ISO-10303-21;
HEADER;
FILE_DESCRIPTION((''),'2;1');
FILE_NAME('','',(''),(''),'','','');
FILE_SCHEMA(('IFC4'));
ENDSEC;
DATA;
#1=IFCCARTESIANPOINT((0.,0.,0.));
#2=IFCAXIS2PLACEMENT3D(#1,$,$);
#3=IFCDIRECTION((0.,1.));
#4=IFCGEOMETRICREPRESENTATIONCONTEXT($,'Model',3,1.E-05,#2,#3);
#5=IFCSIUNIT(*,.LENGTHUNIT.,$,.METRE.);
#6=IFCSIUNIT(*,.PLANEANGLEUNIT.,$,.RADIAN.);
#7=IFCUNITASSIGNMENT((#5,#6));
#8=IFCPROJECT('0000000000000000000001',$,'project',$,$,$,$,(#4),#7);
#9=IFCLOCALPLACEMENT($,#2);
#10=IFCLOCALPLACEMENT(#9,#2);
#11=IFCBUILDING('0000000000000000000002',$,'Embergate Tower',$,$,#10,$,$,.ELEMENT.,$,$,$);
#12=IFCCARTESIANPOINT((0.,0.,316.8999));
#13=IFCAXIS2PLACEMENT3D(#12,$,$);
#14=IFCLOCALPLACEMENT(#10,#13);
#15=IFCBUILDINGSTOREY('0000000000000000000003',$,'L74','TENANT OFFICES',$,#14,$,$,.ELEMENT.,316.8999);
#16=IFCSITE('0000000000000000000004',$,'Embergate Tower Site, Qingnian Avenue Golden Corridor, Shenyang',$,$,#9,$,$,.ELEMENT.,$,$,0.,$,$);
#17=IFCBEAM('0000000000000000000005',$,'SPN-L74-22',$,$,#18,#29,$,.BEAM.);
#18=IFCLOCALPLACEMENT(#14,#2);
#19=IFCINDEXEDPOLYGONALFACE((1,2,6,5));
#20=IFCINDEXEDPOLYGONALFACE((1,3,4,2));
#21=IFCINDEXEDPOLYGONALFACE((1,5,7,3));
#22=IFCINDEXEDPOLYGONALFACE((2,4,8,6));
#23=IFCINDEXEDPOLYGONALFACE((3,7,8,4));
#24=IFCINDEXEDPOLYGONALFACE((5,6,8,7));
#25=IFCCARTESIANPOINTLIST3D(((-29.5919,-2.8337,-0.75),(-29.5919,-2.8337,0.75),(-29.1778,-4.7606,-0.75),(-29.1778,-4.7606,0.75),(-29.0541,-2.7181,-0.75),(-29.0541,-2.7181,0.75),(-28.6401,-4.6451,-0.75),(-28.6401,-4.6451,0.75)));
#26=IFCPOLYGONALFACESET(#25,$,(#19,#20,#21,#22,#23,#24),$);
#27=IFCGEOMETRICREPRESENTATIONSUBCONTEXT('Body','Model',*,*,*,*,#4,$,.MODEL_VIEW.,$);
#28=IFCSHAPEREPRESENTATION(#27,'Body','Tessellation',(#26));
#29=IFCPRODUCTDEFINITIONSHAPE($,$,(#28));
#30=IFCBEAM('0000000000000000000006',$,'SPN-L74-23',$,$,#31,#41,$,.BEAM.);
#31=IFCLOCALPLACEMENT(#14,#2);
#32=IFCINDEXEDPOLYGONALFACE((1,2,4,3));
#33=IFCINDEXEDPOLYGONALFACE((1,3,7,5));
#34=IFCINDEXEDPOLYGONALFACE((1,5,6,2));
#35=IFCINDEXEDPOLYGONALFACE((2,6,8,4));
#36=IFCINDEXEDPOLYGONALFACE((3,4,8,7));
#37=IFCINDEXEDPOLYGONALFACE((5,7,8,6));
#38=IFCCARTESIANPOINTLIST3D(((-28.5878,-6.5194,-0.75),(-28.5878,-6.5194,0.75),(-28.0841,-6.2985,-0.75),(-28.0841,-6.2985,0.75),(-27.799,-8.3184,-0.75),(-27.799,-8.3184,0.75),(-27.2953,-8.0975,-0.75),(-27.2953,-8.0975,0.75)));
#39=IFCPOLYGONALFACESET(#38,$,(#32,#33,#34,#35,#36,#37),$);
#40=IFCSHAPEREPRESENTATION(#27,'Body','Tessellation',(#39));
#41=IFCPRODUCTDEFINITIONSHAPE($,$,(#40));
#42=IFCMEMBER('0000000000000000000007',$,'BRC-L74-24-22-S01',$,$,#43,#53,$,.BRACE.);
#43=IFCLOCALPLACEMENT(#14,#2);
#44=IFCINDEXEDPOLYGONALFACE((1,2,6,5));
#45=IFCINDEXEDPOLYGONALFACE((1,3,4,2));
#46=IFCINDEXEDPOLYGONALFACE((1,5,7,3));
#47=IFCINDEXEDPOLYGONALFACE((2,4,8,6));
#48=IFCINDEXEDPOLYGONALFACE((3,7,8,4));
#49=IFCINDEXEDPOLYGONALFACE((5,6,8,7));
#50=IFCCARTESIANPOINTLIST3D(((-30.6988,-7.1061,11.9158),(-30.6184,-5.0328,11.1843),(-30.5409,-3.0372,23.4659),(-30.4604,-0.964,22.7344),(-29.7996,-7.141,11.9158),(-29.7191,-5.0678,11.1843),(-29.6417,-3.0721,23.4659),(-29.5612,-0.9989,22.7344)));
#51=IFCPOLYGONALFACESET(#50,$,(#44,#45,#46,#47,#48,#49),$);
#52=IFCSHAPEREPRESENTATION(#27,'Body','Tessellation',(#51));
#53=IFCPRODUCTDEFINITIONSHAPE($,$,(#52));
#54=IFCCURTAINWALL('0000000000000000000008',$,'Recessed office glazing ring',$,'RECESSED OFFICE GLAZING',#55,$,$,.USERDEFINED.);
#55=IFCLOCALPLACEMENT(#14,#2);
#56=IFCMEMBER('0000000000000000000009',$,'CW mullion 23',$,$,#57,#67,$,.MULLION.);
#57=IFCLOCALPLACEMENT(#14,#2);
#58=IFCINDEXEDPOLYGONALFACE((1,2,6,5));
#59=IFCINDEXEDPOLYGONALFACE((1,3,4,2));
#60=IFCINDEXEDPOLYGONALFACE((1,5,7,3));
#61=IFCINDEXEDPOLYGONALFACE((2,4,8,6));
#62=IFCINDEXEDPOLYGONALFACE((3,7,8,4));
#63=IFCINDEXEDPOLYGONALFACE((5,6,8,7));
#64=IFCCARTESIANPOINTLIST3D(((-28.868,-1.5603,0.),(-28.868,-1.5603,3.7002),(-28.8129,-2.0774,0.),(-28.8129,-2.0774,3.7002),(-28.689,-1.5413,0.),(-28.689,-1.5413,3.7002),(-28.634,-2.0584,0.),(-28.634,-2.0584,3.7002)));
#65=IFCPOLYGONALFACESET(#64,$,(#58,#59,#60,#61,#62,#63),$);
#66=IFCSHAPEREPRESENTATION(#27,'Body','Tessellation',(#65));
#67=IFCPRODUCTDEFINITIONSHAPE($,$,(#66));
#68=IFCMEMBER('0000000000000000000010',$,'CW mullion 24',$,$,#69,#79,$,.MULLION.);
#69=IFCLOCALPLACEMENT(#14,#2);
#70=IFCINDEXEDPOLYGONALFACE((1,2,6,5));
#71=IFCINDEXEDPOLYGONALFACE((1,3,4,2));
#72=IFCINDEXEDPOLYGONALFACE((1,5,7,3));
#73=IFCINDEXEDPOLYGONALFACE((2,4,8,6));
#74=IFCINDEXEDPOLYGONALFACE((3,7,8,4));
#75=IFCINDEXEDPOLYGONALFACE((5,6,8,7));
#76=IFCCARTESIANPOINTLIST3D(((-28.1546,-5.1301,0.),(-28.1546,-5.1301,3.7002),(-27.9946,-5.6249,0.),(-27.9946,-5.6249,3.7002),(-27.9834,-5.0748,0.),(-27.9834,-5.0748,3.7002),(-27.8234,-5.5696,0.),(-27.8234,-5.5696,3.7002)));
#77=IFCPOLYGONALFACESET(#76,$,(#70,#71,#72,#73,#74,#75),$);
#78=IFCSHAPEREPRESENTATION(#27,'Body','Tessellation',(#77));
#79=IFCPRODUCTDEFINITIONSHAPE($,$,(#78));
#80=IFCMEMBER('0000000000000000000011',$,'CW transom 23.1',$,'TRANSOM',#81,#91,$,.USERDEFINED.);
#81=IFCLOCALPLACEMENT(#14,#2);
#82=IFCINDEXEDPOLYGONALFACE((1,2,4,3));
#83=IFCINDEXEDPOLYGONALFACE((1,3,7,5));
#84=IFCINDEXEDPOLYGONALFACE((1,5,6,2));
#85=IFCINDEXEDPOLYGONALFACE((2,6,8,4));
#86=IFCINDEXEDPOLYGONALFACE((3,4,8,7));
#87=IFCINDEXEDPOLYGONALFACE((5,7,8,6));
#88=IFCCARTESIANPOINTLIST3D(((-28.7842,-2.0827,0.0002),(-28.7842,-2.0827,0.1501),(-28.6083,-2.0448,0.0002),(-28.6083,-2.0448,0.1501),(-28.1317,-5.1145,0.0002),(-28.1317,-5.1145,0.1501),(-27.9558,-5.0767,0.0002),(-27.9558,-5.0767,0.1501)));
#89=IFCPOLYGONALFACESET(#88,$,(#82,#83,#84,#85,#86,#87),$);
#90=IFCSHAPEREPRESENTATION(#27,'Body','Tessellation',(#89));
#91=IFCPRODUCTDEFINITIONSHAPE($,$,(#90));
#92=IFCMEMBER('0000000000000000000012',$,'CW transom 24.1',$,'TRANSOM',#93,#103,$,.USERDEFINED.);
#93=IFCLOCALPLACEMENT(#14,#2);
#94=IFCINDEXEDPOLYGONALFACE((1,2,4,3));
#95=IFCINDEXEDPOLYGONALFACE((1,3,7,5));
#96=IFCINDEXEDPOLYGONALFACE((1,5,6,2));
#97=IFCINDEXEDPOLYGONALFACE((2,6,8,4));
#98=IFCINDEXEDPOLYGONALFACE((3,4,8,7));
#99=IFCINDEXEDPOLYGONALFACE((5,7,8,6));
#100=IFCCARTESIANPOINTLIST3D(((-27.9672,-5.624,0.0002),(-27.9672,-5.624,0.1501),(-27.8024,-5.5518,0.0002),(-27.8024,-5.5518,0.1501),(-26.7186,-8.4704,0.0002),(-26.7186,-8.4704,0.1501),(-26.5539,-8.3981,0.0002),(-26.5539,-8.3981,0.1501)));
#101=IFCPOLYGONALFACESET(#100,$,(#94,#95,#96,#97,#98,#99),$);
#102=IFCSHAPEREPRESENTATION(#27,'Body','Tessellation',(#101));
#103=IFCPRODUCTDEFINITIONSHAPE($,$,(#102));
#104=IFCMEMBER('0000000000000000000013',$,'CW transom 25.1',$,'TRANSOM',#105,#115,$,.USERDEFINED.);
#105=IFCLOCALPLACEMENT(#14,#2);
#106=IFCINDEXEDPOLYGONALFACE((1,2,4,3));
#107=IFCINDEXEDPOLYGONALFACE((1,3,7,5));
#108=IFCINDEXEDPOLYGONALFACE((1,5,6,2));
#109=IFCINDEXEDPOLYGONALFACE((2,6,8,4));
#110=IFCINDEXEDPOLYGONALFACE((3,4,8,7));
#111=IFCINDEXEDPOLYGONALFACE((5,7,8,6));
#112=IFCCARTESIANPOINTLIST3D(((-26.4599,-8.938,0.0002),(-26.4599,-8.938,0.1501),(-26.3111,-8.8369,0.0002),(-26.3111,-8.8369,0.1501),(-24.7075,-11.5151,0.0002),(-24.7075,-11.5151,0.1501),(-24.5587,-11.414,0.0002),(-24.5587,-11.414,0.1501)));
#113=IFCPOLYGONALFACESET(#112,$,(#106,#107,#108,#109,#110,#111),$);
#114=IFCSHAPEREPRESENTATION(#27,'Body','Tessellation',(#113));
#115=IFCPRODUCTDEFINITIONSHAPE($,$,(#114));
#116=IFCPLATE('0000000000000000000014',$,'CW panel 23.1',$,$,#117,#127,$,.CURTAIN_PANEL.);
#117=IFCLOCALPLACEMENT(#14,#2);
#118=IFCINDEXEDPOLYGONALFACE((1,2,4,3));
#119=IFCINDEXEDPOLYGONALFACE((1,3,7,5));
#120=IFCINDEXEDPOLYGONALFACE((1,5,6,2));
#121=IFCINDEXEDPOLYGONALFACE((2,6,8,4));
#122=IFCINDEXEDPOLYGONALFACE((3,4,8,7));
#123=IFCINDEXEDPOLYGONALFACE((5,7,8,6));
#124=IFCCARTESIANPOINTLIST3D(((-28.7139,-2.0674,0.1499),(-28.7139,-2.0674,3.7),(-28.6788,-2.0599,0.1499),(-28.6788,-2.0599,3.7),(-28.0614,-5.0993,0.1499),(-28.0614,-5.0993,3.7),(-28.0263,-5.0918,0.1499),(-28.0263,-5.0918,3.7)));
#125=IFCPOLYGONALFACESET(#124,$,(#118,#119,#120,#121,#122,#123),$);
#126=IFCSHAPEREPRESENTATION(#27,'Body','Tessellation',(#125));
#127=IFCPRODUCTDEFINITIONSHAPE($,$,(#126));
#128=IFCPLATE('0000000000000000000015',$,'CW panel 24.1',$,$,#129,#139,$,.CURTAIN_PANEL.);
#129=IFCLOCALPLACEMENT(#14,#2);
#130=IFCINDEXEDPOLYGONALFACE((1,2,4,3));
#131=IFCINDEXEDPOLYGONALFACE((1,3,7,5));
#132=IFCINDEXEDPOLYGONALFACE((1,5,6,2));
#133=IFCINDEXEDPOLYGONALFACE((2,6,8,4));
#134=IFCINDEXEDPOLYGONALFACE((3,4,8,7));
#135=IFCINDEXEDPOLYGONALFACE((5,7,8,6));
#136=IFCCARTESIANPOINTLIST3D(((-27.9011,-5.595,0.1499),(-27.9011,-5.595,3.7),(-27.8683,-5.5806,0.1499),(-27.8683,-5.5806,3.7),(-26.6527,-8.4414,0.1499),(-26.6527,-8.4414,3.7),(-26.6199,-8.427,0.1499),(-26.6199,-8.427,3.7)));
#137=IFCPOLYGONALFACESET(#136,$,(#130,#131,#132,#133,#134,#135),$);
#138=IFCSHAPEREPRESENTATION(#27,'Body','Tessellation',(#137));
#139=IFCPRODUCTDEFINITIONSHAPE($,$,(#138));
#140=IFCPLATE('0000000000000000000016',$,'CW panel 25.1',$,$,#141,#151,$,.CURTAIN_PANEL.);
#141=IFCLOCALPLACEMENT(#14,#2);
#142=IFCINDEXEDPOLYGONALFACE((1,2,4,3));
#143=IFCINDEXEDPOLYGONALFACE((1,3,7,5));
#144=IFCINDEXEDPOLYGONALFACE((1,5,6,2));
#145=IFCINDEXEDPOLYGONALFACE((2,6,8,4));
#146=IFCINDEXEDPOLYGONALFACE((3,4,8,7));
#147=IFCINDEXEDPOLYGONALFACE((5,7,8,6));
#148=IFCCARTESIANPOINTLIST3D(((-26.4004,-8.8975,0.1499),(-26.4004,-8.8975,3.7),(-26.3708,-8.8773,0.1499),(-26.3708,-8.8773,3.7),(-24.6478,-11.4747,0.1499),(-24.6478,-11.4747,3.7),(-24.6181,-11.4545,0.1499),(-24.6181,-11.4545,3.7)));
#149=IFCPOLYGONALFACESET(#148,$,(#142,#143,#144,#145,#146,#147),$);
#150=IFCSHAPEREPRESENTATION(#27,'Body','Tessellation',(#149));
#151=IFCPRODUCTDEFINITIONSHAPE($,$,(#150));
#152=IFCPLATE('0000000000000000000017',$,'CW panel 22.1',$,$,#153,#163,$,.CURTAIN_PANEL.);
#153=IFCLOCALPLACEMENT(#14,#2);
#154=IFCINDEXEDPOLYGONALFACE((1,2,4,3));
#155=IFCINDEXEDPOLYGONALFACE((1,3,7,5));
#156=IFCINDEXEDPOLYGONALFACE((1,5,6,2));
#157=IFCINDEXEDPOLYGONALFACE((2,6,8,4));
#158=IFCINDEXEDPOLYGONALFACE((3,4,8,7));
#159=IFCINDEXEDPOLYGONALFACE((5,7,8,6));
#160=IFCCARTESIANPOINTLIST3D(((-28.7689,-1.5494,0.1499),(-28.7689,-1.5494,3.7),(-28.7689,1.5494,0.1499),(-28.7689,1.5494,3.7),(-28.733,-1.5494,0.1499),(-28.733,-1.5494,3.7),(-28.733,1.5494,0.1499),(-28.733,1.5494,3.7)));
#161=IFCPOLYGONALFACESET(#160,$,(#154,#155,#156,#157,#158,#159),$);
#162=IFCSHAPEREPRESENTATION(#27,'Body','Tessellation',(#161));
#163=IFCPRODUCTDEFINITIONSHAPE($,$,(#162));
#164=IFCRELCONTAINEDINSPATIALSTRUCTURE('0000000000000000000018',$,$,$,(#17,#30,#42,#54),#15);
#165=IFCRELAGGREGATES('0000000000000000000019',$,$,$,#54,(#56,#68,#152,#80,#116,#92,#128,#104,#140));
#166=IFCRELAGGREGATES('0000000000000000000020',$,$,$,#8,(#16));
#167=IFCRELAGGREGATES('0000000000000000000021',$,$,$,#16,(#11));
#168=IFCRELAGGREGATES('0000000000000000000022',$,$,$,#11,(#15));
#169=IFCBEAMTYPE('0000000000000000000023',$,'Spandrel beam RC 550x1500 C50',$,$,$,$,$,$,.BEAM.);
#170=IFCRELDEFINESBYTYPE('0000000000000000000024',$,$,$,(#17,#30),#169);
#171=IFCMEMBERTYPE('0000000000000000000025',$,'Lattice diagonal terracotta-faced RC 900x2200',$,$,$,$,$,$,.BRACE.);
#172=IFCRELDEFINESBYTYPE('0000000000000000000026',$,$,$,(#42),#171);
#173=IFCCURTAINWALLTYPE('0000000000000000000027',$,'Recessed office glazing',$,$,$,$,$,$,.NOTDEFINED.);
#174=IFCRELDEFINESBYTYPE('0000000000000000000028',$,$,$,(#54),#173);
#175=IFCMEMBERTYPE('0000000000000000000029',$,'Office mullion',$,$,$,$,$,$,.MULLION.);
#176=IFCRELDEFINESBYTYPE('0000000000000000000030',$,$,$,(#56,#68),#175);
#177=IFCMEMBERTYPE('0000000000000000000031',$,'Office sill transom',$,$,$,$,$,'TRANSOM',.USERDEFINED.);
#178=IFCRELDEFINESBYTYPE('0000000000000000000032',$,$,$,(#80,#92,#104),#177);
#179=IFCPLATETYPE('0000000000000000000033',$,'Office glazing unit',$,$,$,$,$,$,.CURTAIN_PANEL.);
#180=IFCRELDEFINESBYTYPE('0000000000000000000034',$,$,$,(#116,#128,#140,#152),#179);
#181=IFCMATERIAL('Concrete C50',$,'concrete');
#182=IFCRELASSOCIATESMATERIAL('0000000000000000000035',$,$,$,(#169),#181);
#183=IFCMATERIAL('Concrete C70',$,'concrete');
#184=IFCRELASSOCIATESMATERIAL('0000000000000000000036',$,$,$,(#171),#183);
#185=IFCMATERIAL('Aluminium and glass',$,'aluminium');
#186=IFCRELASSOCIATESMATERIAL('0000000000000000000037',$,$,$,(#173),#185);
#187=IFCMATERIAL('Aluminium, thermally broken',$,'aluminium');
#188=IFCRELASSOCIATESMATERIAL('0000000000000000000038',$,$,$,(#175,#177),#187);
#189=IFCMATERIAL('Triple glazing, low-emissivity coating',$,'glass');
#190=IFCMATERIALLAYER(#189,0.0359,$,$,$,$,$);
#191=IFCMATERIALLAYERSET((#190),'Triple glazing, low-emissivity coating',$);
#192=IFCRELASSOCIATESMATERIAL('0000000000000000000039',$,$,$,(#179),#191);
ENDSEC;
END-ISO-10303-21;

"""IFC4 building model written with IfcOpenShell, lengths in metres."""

from ifc_helpers import new_model, si_unit, direction, frame, origin, origin_2d, place, context, subcontext, project, spatial, rectangle, extrude, source, transform, mapped, material, layer, layer_set, material_profile, profile_set, type_object, element, aggregate, save


model = new_model("IFC4")

# Units and contexts
model_context = context("Model", 3, precision=1e-05, world=origin(), true_north=direction((0.0, 1.0)))
body_context = subcontext(model_context, "Body", "Model", "MODEL_VIEW")
ifc_project = project(units=[si_unit("LENGTHUNIT", "METRE"), si_unit("PLANEANGLEUNIT", "RADIAN")], contexts=[model_context])

# Site, building, storey
site_placement = place(None, origin())
site = spatial("IfcSite", under=ifc_project, at=site_placement, Name="Embergate Tower Site, Qingnian Avenue Golden Corridor, Shenyang", CompositionType="ELEMENT", RefElevation=0.0)
building_placement = place(site_placement, origin())
building = spatial("IfcBuilding", under=site, at=building_placement, Name="Embergate Tower", CompositionType="ELEMENT")
storey_placement = place(building_placement, frame((0.0, 0.0, 316.8999)))
storey = spatial("IfcBuildingStorey", under=building, at=storey_placement, Name="L74", Description="TENANT OFFICES", CompositionType="ELEMENT", Elevation=316.8999)

# Beams
ifc_material_1 = material(Name="Concrete C50", Category="concrete")
ifc_material_profile_1 = material_profile(ifc_material_1, rectangle(XDim=0.55, YDim=1.5, at=origin_2d()), Name="RC 550x1500")
ifc_profile_set_1 = profile_set([ifc_material_profile_1], Name="Concrete C50")
beam_type = type_object("IfcBeamType", Name="Spandrel beam RC 550x1500 C50", PredefinedType="BEAM", material=ifc_profile_set_1)
shared_shape_1 = source(origin(), body_context, "Body", "SweptSolid", [
    extrude(rectangle(XDim=0.55, YDim=1.5, at=origin_2d()), origin(), (0.0, 0.0, 1.0), 1.9709),
])
beam_1_placement = place(storey_placement, frame((-29.323, -2.7759, 0.0), z_axis=(0.210079, -0.977684, 0.0), x_axis=(0.977684, 0.210079, 0.0)))
element("IfcBeam", 1, at=beam_1_placement, inside=storey, type_object=beam_type, Name="SPN-L74-22", PredefinedType="BEAM", context=body_context, shape_type="MappedRepresentation", body=[
    mapped(shared_shape_1, transform((0.0, 0.0, 0.0))),
])
shared_shape_2 = source(origin(), body_context, "Body", "SweptSolid", [
    extrude(rectangle(XDim=0.55, YDim=1.5, at=origin_2d()), origin(), (0.0, 0.0, 1.0), 1.9644),
])
beam_2_placement = place(storey_placement, frame((-28.3359, -6.4089, 0.0), z_axis=(0.401555, -0.915835, 0.0), x_axis=(0.915835, 0.401555, 0.0)))
element("IfcBeam", 2, at=beam_2_placement, inside=storey, type_object=beam_type, Name="SPN-L74-23", PredefinedType="BEAM", context=body_context, shape_type="MappedRepresentation", body=[
    mapped(shared_shape_2, transform((0.0, 0.0, 0.0))),
])

# Member
ifc_material_2 = material(Name="Concrete C70", Category="concrete")
ifc_material_profile_2 = material_profile(ifc_material_2, rectangle(XDim=0.8999, YDim=2.2, at=origin_2d()), Name="RC 900x2200")
ifc_profile_set_2 = profile_set([ifc_material_profile_2], Name="Concrete C70")
member_type_1 = type_object("IfcMemberType", Name="Lattice diagonal terracotta-faced RC 900x2200", PredefinedType="BRACE", material=ifc_profile_set_2)
shared_shape_3 = source(origin(), body_context, "Body", "SweptSolid", [
    extrude(rectangle(XDim=0.8999, YDim=2.2, at=origin_2d()), origin(), (0.0, 0.0, 1.0), 12.2468),
])
member_1_placement = place(storey_placement, frame((-30.209, -6.0869, 11.55), z_axis=(0.012898, 0.332238, 0.943108), x_axis=(-0.999247, 0.038792, 0.0)))
element("IfcMember", 3, at=member_1_placement, inside=storey, type_object=member_type_1, Name="BRC-L74-24-22-S01", PredefinedType="BRACE", context=body_context, shape_type="MappedRepresentation", body=[
    mapped(shared_shape_3, transform((0.0, 0.0, 0.0))),
])

# Curtain wall, members, plates
ifc_material_3 = material(Name="Aluminium and glass", Category="aluminium")
curtain_wall_type = type_object("IfcCurtainWallType", Name="Recessed office glazing", PredefinedType="NOTDEFINED", material=ifc_material_3)
curtain_wall_placement = place(storey_placement, origin())
curtain_wall = element("IfcCurtainWall", 4, at=curtain_wall_placement, inside=storey, type_object=curtain_wall_type, Name="Recessed office glazing ring", ObjectType="RECESSED OFFICE GLAZING", PredefinedType="USERDEFINED")
ifc_material_4 = material(Name="Aluminium, thermally broken", Category="aluminium")
ifc_material_profile_3 = material_profile(ifc_material_4, rectangle(XDim=0.1799, YDim=0.52, at=origin_2d()), Name="AL 520x180")
ifc_profile_set_3 = profile_set([ifc_material_profile_3], Name="Aluminium, thermally broken")
member_type_2 = type_object("IfcMemberType", Name="Office mullion", PredefinedType="MULLION", material=ifc_profile_set_3)
shared_shape_4 = source(origin(), body_context, "Body", "SweptSolid", [
    extrude(rectangle(XDim=0.1799, YDim=0.52, at=origin_2d()), origin(), (0.0, 0.0, 1.0), 3.7002),
])
member_2_placement = place(storey_placement, frame((-28.751, -1.8093, 0.0), z_axis=(0.0, 0.0, 1.0), x_axis=(0.994384, 0.105832, 0.0)))
member_2 = element("IfcMember", 5, at=member_2_placement, type_object=member_type_2, Name="CW mullion 23", PredefinedType="MULLION", context=body_context, shape_type="MappedRepresentation", body=[
    mapped(shared_shape_4, transform((0.0, 0.0, 0.0))),
])
member_3_placement = place(storey_placement, frame((-27.989, -5.3499, 0.0), z_axis=(0.0, 0.0, 1.0), x_axis=(0.951492, 0.307674, 0.0)))
member_3 = element("IfcMember", 6, at=member_3_placement, type_object=member_type_2, Name="CW mullion 24", PredefinedType="MULLION", context=body_context, shape_type="MappedRepresentation", body=[
    mapped(shared_shape_4, transform((0.0, 0.0, 0.0))),
])
ifc_material_profile_4 = material_profile(ifc_material_4, rectangle(XDim=0.1799, YDim=0.1499, at=origin_2d()), Name="AL 150x180")
ifc_profile_set_4 = profile_set([ifc_material_profile_4], Name="Aluminium, thermally broken")
member_type_3 = type_object("IfcMemberType", Name="Office sill transom", ElementType="TRANSOM", PredefinedType="USERDEFINED", material=ifc_profile_set_4)
shared_shape_5 = source(origin(), body_context, "Body", "SweptSolid", [
    extrude(rectangle(XDim=0.1799, YDim=0.1499, at=origin_2d()), origin(), (0.0, 0.0, 1.0), 3.1013),
])
member_4_placement = place(storey_placement, frame((-28.6963, -2.0637, 0.0752), z_axis=(0.210416, -0.977612, 0.0), x_axis=(0.977612, 0.210416, 0.0)))
member_4 = element("IfcMember", 7, at=member_4_placement, type_object=member_type_3, Name="CW transom 23.1", ObjectType="TRANSOM", PredefinedType="USERDEFINED", context=body_context, shape_type="MappedRepresentation", body=[
    mapped(shared_shape_5, transform((0.0, 0.0, 0.0))),
])
shared_shape_6 = source(origin(), body_context, "Body", "SweptSolid", [
    extrude(rectangle(XDim=0.1799, YDim=0.1499, at=origin_2d()), origin(), (0.0, 0.0, 1.0), 3.1082),
])
member_5_placement = place(storey_placement, frame((-27.8848, -5.5879, 0.0752), z_axis=(0.401688, -0.915777, 0.0), x_axis=(0.915777, 0.401688, 0.0)))
member_5 = element("IfcMember", 8, at=member_5_placement, type_object=member_type_3, Name="CW transom 24.1", ObjectType="TRANSOM", PredefinedType="USERDEFINED", context=body_context, shape_type="MappedRepresentation", body=[
    mapped(shared_shape_6, transform((0.0, 0.0, 0.0))),
])
shared_shape_7 = source(origin(), body_context, "Body", "SweptSolid", [
    extrude(rectangle(XDim=0.1799, YDim=0.1499, at=origin_2d()), origin(), (0.0, 0.0, 1.0), 3.1165),
])
member_6_placement = place(storey_placement, frame((-26.3855, -8.8875, 0.0752), z_axis=(0.562306, -0.826929, 0.0), x_axis=(0.826929, 0.562306, 0.0)))
member_6 = element("IfcMember", 9, at=member_6_placement, type_object=member_type_3, Name="CW transom 25.1", ObjectType="TRANSOM", PredefinedType="USERDEFINED", context=body_context, shape_type="MappedRepresentation", body=[
    mapped(shared_shape_7, transform((0.0, 0.0, 0.0))),
])
ifc_material_5 = material(Name="Triple glazing, low-emissivity coating", Category="glass")
ifc_layer_1 = layer(ifc_material_5, 0.0359)
ifc_layer_set_1 = layer_set([ifc_layer_1], Name="Triple glazing, low-emissivity coating")
plate_type = type_object("IfcPlateType", Name="Office glazing unit", PredefinedType="CURTAIN_PANEL", material=ifc_layer_set_1)
shared_shape_8 = source(origin(), body_context, "Body", "SweptSolid", [
    extrude(rectangle(XDim=3.1013, YDim=0.0359, at=origin_2d()), origin(), (0.0, 0.0, 1.0), 3.55),
])
plate_1_placement = place(storey_placement, frame((-28.3701, -3.5796, 0.1499), z_axis=(0.0, 0.0, 1.0), x_axis=(0.2104, -0.977615, 0.0)))
plate_1 = element("IfcPlate", 10, at=plate_1_placement, type_object=plate_type, Name="CW panel 23.1", PredefinedType="CURTAIN_PANEL", context=body_context, shape_type="MappedRepresentation", body=[
    mapped(shared_shape_8, transform((0.0, 0.0, 0.0))),
])
shared_shape_9 = source(origin(), body_context, "Body", "SweptSolid", [
    extrude(rectangle(XDim=3.1082, YDim=0.0359, at=origin_2d()), origin(), (0.0, 0.0, 1.0), 3.55),
])
plate_2_placement = place(storey_placement, frame((-27.2605, -7.011, 0.1499), z_axis=(0.0, 0.0, 1.0), x_axis=(0.401654, -0.915792, 0.0)))
plate_2 = element("IfcPlate", 11, at=plate_2_placement, type_object=plate_type, Name="CW panel 24.1", PredefinedType="CURTAIN_PANEL", context=body_context, shape_type="MappedRepresentation", body=[
    mapped(shared_shape_9, transform((0.0, 0.0, 0.0))),
])
shared_shape_10 = source(origin(), body_context, "Body", "SweptSolid", [
    extrude(rectangle(XDim=3.1167, YDim=0.0359, at=origin_2d()), origin(), (0.0, 0.0, 1.0), 3.55),
])
plate_3_placement = place(storey_placement, frame((-25.5093, -10.176, 0.1499), z_axis=(0.0, 0.0, 1.0), x_axis=(0.562343, -0.826904, 0.0)))
plate_3 = element("IfcPlate", 12, at=plate_3_placement, type_object=plate_type, Name="CW panel 25.1", PredefinedType="CURTAIN_PANEL", context=body_context, shape_type="MappedRepresentation", body=[
    mapped(shared_shape_10, transform((0.0, 0.0, 0.0))),
])
shared_shape_11 = source(origin(), body_context, "Body", "SweptSolid", [
    extrude(rectangle(XDim=3.0989, YDim=0.0359, at=origin_2d()), origin(), (0.0, 0.0, 1.0), 3.55),
])
plate_4_placement = place(storey_placement, frame((-28.751, 0.0, 0.1499), z_axis=(0.0, 0.0, 1.0), x_axis=(0.0, -1.0, 0.0)))
plate_4 = element("IfcPlate", 13, at=plate_4_placement, type_object=plate_type, Name="CW panel 22.1", PredefinedType="CURTAIN_PANEL", context=body_context, shape_type="MappedRepresentation", body=[
    mapped(shared_shape_11, transform((0.0, 0.0, 0.0))),
])
aggregate(curtain_wall, [member_2, member_3, plate_4, member_4, plate_1, member_5, plate_2, member_6, plate_3])

save(model, "model.ifc")
